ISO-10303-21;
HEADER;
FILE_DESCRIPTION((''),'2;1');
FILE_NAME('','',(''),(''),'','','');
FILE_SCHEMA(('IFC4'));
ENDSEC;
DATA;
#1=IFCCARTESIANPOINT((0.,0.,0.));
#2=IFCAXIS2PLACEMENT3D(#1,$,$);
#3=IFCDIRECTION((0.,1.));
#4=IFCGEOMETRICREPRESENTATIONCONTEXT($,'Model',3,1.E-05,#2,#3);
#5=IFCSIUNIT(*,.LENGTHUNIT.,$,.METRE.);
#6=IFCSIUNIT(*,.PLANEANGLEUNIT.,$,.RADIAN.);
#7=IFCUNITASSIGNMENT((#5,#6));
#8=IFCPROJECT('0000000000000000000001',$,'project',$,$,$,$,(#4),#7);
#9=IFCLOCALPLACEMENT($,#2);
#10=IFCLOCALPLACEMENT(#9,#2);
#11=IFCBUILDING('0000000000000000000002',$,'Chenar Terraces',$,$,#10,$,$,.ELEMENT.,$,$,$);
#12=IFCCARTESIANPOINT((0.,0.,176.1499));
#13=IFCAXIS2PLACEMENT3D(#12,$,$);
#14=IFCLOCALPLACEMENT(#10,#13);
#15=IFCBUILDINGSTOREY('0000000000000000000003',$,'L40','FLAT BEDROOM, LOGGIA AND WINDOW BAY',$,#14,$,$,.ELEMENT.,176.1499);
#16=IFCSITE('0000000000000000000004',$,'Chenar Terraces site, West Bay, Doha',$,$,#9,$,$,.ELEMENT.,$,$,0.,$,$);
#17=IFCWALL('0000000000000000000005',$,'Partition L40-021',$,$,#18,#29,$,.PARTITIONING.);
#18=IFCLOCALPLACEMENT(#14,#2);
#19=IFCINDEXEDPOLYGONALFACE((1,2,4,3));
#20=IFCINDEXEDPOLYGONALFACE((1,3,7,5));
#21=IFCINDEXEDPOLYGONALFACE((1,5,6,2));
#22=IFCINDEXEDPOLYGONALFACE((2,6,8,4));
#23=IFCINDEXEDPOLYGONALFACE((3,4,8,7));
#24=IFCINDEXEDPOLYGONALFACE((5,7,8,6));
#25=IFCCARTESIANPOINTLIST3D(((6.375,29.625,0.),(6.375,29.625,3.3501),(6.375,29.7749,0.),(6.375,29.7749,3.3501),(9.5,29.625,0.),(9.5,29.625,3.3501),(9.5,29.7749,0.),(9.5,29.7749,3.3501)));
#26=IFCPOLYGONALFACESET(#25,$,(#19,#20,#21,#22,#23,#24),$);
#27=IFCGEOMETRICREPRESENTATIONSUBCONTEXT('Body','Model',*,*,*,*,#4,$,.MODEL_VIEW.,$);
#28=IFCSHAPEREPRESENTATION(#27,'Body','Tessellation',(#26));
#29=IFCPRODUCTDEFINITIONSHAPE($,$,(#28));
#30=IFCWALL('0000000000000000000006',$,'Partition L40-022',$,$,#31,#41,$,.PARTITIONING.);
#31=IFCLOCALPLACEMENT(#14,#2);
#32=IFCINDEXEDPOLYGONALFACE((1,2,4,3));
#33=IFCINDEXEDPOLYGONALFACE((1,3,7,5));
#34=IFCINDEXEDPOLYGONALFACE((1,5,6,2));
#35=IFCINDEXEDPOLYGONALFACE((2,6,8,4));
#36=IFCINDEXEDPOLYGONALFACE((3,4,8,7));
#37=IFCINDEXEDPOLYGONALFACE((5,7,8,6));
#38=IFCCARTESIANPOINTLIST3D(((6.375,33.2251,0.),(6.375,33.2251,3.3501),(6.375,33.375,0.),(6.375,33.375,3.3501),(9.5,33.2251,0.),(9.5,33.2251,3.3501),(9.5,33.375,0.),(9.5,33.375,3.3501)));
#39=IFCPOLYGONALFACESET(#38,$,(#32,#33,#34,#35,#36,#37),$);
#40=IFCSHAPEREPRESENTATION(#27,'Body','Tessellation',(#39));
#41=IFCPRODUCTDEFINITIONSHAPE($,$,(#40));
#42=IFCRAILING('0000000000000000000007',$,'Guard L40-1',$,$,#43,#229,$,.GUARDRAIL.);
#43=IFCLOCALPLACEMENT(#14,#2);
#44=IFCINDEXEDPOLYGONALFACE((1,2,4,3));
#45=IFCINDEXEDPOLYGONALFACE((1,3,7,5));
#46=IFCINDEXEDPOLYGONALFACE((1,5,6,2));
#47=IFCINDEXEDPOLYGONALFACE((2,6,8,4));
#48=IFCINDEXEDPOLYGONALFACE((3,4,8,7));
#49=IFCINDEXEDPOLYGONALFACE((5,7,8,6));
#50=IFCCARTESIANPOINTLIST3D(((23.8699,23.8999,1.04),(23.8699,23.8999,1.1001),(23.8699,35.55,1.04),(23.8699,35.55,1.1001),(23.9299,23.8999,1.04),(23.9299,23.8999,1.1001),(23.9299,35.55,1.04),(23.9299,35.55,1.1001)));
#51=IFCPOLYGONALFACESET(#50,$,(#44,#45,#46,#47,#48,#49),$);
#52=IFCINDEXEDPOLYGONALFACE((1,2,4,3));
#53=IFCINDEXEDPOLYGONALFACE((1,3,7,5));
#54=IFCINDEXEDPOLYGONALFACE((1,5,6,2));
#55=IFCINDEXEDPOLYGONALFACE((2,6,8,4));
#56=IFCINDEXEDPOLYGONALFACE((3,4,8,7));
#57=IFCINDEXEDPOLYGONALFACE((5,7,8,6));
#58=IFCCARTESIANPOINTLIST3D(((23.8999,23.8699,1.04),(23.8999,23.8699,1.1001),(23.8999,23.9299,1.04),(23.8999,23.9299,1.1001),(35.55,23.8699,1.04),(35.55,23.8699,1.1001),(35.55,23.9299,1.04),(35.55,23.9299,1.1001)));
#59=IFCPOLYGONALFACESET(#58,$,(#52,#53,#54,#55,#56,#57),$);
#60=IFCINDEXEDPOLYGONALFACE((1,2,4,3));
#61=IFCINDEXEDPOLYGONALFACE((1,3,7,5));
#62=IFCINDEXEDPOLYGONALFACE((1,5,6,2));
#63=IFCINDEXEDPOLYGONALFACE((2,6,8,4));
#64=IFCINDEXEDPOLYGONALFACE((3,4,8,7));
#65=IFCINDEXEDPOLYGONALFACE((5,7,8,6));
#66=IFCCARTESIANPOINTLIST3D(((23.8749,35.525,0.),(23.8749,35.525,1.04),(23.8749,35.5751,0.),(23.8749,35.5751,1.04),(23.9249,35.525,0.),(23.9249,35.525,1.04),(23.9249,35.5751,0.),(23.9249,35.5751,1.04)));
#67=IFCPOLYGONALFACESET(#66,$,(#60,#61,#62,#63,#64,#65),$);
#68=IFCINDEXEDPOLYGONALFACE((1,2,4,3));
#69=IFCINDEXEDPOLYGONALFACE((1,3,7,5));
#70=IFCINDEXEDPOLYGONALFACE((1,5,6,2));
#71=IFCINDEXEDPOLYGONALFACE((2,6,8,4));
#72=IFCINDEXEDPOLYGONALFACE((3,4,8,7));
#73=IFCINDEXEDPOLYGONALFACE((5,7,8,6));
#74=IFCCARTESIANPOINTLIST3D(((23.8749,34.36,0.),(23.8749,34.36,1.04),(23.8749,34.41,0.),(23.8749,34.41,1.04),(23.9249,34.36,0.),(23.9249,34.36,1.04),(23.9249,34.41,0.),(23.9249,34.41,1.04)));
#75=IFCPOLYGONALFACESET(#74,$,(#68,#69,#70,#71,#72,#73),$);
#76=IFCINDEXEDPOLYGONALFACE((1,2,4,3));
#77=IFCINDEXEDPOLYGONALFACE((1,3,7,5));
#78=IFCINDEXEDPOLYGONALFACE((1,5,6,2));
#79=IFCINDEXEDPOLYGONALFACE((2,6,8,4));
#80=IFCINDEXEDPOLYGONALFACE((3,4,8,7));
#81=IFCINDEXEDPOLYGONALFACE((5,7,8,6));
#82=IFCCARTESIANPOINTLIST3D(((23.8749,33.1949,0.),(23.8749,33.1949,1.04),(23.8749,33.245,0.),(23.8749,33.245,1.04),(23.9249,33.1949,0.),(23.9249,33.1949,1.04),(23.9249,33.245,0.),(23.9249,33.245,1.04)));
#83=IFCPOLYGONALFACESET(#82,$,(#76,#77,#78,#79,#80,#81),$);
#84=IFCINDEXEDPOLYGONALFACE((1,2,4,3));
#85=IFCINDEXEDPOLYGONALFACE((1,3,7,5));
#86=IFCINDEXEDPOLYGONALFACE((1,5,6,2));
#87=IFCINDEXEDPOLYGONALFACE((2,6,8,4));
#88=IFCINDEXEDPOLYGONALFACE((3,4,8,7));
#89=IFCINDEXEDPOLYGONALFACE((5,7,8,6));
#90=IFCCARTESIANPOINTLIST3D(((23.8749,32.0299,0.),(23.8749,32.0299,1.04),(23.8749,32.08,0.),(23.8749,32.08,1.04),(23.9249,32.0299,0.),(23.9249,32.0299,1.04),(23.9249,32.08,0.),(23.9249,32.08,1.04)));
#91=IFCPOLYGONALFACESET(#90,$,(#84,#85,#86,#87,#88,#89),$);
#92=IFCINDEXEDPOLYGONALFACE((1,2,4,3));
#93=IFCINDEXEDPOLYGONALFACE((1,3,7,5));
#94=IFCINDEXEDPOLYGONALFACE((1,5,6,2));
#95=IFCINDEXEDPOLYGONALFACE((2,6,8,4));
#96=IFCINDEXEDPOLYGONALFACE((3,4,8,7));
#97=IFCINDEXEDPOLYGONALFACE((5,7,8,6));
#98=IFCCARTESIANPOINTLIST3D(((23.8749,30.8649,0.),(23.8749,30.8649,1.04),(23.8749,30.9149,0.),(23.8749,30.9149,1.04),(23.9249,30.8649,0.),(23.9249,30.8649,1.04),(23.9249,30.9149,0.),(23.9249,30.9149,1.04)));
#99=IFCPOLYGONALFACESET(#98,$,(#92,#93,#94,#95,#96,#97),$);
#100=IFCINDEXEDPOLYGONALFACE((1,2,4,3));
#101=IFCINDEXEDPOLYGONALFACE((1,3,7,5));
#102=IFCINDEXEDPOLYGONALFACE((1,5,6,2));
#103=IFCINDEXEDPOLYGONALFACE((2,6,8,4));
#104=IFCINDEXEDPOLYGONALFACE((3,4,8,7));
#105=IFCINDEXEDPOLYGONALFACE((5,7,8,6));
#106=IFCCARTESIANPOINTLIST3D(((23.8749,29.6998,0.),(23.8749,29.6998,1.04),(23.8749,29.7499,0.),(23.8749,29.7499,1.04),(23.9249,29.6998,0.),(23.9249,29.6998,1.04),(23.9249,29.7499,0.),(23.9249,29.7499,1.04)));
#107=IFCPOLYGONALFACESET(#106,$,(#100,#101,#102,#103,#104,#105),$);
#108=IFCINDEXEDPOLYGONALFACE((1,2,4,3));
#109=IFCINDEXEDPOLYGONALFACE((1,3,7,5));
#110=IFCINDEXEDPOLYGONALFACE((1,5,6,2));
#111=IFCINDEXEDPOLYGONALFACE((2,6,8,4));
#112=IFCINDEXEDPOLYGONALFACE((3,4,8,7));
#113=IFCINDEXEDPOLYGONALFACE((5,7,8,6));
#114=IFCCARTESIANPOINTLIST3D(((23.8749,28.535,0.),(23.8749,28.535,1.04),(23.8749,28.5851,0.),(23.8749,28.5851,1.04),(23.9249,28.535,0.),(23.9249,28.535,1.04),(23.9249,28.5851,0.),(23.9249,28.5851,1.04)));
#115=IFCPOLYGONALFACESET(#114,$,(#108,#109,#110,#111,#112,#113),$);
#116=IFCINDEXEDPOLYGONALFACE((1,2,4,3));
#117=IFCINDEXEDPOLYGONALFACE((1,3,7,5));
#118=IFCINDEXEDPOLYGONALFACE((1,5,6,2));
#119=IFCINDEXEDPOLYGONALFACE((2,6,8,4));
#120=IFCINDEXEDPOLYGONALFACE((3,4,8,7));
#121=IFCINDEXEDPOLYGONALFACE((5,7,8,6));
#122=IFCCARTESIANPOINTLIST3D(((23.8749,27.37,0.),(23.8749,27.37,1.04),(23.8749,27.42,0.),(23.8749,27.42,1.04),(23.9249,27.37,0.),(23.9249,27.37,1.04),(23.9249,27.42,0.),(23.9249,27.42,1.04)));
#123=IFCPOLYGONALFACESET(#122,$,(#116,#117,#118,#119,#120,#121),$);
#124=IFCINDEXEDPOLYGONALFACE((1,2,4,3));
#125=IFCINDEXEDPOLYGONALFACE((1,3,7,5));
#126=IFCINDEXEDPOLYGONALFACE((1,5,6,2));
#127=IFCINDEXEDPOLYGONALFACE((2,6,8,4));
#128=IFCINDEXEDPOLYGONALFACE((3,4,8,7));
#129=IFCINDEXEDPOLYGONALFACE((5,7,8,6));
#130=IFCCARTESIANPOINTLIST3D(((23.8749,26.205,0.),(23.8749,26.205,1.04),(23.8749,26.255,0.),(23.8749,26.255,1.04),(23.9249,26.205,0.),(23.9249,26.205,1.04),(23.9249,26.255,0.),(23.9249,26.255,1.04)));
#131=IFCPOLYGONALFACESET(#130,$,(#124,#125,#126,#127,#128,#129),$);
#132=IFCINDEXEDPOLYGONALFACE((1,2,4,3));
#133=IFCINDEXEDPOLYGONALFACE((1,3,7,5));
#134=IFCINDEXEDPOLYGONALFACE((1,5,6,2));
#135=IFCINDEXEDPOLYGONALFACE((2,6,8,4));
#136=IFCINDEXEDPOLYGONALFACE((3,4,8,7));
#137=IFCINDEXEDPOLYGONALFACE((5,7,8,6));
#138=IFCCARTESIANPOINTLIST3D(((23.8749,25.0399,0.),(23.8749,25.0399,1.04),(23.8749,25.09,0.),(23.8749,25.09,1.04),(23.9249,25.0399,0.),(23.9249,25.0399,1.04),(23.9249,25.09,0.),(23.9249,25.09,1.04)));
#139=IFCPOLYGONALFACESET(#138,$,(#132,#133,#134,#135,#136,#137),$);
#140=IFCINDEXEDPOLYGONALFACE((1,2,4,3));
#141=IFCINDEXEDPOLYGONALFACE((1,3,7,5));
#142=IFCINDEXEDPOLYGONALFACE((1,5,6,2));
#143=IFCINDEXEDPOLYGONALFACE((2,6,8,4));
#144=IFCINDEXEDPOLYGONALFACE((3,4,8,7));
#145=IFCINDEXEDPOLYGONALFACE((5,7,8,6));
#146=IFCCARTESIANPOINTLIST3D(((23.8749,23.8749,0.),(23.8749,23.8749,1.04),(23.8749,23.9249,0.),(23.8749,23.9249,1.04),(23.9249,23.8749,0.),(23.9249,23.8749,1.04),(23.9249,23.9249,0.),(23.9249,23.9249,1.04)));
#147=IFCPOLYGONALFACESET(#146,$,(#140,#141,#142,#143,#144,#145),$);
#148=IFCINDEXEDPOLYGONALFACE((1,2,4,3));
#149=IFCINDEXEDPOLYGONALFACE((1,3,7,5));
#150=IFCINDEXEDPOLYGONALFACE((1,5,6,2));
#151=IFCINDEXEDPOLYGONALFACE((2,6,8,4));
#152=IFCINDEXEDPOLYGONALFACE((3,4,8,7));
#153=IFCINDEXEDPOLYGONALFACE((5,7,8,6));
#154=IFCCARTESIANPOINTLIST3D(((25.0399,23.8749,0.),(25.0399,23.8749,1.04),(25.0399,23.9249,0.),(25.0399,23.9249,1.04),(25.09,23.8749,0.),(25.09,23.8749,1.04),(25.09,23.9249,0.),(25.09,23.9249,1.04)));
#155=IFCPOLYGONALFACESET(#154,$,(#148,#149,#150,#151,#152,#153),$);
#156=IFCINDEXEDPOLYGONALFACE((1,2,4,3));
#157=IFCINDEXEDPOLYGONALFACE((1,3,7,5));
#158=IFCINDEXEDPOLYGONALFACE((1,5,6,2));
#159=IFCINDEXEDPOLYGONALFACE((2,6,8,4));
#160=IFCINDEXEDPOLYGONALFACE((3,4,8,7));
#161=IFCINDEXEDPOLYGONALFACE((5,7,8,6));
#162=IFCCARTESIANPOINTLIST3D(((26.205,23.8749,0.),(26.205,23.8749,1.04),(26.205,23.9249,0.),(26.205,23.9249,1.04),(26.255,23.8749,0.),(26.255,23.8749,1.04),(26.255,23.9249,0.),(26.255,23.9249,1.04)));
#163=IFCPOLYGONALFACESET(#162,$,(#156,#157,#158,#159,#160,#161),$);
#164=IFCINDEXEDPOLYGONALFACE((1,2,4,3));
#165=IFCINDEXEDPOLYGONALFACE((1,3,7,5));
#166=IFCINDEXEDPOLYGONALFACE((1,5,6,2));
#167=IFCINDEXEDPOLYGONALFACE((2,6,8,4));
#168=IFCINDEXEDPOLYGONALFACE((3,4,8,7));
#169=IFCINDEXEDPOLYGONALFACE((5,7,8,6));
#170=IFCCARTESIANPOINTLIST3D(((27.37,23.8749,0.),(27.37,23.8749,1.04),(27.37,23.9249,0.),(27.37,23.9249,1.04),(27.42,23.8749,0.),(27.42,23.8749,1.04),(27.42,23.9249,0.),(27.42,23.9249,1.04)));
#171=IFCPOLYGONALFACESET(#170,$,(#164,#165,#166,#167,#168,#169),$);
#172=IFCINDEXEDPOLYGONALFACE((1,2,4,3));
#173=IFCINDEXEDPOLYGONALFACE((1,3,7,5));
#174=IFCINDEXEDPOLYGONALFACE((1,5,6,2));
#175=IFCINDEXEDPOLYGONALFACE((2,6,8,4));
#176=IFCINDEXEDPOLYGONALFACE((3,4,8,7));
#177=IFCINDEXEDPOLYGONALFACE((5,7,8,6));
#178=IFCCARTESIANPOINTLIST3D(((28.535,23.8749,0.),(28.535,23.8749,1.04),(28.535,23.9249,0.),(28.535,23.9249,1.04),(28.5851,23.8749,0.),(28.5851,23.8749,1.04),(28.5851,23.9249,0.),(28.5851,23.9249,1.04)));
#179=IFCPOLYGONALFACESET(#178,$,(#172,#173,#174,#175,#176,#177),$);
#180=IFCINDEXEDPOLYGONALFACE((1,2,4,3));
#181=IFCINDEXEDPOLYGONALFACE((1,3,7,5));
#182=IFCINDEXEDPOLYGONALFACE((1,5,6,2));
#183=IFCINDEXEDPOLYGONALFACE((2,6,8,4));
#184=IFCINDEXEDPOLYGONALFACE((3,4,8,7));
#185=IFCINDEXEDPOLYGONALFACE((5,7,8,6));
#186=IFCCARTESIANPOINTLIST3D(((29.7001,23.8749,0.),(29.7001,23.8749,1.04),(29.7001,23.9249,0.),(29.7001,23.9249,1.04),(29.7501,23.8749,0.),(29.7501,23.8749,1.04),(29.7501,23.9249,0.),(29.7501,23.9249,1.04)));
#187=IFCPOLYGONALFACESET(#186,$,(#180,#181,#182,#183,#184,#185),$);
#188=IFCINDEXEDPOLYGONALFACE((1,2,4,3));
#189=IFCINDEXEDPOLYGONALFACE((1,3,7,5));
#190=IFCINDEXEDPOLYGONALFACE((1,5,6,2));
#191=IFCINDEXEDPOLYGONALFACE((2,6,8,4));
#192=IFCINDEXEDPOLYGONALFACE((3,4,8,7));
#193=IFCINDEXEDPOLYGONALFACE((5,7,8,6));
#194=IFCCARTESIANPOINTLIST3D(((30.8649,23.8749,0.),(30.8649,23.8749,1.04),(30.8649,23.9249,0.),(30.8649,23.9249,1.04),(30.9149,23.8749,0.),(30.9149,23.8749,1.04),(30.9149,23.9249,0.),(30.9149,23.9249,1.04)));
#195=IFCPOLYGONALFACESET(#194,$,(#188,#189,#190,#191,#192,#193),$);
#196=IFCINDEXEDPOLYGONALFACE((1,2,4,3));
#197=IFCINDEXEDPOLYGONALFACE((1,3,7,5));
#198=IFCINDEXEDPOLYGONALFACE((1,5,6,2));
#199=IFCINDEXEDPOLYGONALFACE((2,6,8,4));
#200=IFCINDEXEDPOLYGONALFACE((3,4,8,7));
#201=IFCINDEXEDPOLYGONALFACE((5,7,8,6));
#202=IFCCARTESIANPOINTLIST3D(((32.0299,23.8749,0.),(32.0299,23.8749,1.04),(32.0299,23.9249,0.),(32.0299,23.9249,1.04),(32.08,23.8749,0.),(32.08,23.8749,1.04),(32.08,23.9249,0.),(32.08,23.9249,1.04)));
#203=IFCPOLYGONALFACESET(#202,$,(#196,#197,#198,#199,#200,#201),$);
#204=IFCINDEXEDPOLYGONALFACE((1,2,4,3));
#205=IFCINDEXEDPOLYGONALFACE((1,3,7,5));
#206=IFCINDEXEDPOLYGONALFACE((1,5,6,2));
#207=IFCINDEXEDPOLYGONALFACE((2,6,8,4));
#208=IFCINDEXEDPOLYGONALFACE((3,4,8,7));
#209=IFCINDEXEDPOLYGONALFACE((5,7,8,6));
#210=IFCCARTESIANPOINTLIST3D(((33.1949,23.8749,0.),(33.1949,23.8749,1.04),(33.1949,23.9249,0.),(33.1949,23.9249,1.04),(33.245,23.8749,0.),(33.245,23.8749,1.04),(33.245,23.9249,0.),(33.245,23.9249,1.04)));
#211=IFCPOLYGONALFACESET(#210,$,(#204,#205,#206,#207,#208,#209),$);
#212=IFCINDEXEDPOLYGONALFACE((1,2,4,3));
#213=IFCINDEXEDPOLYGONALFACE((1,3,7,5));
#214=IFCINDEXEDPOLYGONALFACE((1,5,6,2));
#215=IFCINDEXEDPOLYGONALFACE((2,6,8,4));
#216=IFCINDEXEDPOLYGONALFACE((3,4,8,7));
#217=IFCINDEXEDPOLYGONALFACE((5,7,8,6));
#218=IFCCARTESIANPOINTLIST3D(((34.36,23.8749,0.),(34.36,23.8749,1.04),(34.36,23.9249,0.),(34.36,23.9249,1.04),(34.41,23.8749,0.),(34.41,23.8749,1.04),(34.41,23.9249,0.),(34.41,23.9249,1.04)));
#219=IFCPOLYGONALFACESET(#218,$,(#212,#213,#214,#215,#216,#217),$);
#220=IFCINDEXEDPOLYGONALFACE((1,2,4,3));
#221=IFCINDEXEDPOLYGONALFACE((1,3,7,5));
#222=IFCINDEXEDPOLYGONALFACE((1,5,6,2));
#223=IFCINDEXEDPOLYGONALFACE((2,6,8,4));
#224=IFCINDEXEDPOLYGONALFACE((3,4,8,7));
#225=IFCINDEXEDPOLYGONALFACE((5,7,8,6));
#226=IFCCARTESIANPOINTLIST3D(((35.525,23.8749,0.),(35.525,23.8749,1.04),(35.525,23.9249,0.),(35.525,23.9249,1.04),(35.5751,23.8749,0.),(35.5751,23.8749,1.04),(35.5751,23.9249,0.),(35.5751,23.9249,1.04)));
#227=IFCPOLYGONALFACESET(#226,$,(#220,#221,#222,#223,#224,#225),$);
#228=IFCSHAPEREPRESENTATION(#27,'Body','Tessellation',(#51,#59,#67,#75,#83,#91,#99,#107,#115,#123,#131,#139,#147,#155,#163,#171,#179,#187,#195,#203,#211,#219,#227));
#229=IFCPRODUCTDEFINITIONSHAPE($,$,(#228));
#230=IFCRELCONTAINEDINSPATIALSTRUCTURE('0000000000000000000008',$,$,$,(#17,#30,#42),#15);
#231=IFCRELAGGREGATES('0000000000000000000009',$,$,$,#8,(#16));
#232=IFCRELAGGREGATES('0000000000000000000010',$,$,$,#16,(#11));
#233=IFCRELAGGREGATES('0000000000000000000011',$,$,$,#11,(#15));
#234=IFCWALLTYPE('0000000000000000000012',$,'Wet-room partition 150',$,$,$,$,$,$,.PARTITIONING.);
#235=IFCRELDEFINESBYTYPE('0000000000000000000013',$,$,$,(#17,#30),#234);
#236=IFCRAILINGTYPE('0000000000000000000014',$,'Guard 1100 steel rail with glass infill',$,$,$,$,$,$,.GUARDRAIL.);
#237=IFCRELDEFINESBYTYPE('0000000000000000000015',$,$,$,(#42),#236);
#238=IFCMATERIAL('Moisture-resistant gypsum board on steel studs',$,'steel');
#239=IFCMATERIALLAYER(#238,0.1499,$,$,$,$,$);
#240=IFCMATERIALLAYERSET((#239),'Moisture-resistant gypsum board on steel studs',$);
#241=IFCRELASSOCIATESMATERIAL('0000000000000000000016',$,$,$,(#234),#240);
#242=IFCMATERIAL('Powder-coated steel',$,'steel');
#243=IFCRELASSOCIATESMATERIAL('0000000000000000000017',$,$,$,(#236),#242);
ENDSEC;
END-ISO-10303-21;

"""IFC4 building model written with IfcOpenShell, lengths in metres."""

from ifc_helpers import new_model, si_unit, direction, frame, frame_2d, origin, origin_2d, place, context, subcontext, project, spatial, rectangle, extrude, material, layer, layer_set, type_object, element, save


model = new_model("IFC4")

# Units and contexts
model_context = context("Model", 3, precision=1e-05, world=origin(), true_north=direction((0.0, 1.0)))
body_context = subcontext(model_context, "Body", "Model", "MODEL_VIEW")
ifc_project = project(units=[si_unit("LENGTHUNIT", "METRE"), si_unit("PLANEANGLEUNIT", "RADIAN")], contexts=[model_context])

# Site, building, storey
site_placement = place(None, origin())
site = spatial("IfcSite", under=ifc_project, at=site_placement, Name="Chenar Terraces site, West Bay, Doha", CompositionType="ELEMENT", RefElevation=0.0)
building_placement = place(site_placement, origin())
building = spatial("IfcBuilding", under=site, at=building_placement, Name="Chenar Terraces", CompositionType="ELEMENT")
storey_placement = place(building_placement, frame((0.0, 0.0, 176.1499)))
storey = spatial("IfcBuildingStorey", under=building, at=storey_placement, Name="L40", Description="FLAT BEDROOM, LOGGIA AND WINDOW BAY", CompositionType="ELEMENT", Elevation=176.1499)

# Walls
ifc_material_1 = material(Name="Moisture-resistant gypsum board on steel studs", Category="steel")
ifc_layer_1 = layer(ifc_material_1, 0.1499)
ifc_layer_set_1 = layer_set([ifc_layer_1], Name="Moisture-resistant gypsum board on steel studs")
wall_type_1 = type_object("IfcWallType", Name="Wet-room partition 150", PredefinedType="PARTITIONING", material=ifc_layer_set_1)
for number, where, z_axis, x_axis, name in (
    (1, (6.375, 29.7, 0.0), (0.0, 0.0, 1.0), (1.0, 0.0, 0.0), "Partition L40-021"),
    (2, (6.375, 33.3, 0.0), (0.0, 0.0, 1.0), (1.0, 0.0, 0.0), "Partition L40-022"),
):
    element("IfcWall", number, at=place(storey_placement, frame(where, z_axis=z_axis, x_axis=x_axis)), inside=storey, type_object=wall_type_1, Name=name, PredefinedType="PARTITIONING", context=body_context, shape_type="SweptSolid", body=[
        extrude(rectangle(XDim=3.125, YDim=0.1499, at=frame_2d((1.5625, 0.0))), origin(), (0.0, 0.0, 1.0), 3.3501),
    ])

# Railing
ifc_material_2 = material(Name="Powder-coated steel", Category="steel")
railing_type = type_object("IfcRailingType", Name="Guard 1100 steel rail with glass infill", PredefinedType="GUARDRAIL", material=ifc_material_2)
railing_placement = place(storey_placement, frame((23.8999, 35.55, 0.0)))
element("IfcRailing", 3, at=railing_placement, inside=storey, type_object=railing_type, Name="Guard L40-1", PredefinedType="GUARDRAIL", context=body_context, shape_type="SweptSolid", body=[
    extrude(rectangle(XDim=0.0601, YDim=0.0601, at=origin_2d()), frame((0.0, 0.0, 1.0701), z_axis=(0.0, -1.0, 0.0), x_axis=(1.0, 0.0, 0.0)), (0.0, 0.0, 1.0), 11.6501),
    extrude(rectangle(XDim=0.0601, YDim=0.0601, at=origin_2d()), frame((0.0, -11.6501, 1.0701), z_axis=(1.0, 0.0, 0.0), x_axis=(0.0, 1.0, 0.0)), (0.0, 0.0, 1.0), 11.6501),
    extrude(rectangle(XDim=0.05, YDim=0.05, at=origin_2d()), origin(), (0.0, 0.0, 1.0), 1.04),
    extrude(rectangle(XDim=0.05, YDim=0.05, at=origin_2d()), frame((0.0, -1.165, 0.0)), (0.0, 0.0, 1.0), 1.04),
    extrude(rectangle(XDim=0.05, YDim=0.05, at=origin_2d()), frame((0.0, -2.3301, 0.0)), (0.0, 0.0, 1.0), 1.04),
    extrude(rectangle(XDim=0.05, YDim=0.05, at=origin_2d()), frame((0.0, -3.4951, 0.0)), (0.0, 0.0, 1.0), 1.04),
    extrude(rectangle(XDim=0.05, YDim=0.05, at=origin_2d()), frame((0.0, -4.6602, 0.0)), (0.0, 0.0, 1.0), 1.04),
    extrude(rectangle(XDim=0.05, YDim=0.05, at=origin_2d()), frame((0.0, -5.8252, 0.0)), (0.0, 0.0, 1.0), 1.04),
    extrude(rectangle(XDim=0.05, YDim=0.05, at=origin_2d()), frame((0.0, -6.99, 0.0)), (0.0, 0.0, 1.0), 1.04),
    extrude(rectangle(XDim=0.05, YDim=0.05, at=origin_2d()), frame((0.0, -8.155, 0.0)), (0.0, 0.0, 1.0), 1.04),
    extrude(rectangle(XDim=0.05, YDim=0.05, at=origin_2d()), frame((0.0, -9.3201, 0.0)), (0.0, 0.0, 1.0), 1.04),
    extrude(rectangle(XDim=0.05, YDim=0.05, at=origin_2d()), frame((0.0, -10.4851, 0.0)), (0.0, 0.0, 1.0), 1.04),
    extrude(rectangle(XDim=0.05, YDim=0.05, at=origin_2d()), frame((0.0, -11.6501, 0.0)), (0.0, 0.0, 1.0), 1.04),
    extrude(rectangle(XDim=0.05, YDim=0.05, at=origin_2d()), frame((1.165, -11.6501, 0.0)), (0.0, 0.0, 1.0), 1.04),
    extrude(rectangle(XDim=0.05, YDim=0.05, at=origin_2d()), frame((2.3301, -11.6501, 0.0)), (0.0, 0.0, 1.0), 1.04),
    extrude(rectangle(XDim=0.05, YDim=0.05, at=origin_2d()), frame((3.4951, -11.6501, 0.0)), (0.0, 0.0, 1.0), 1.04),
    extrude(rectangle(XDim=0.05, YDim=0.05, at=origin_2d()), frame((4.6602, -11.6501, 0.0)), (0.0, 0.0, 1.0), 1.04),
    extrude(rectangle(XDim=0.05, YDim=0.05, at=origin_2d()), frame((5.8252, -11.6501, 0.0)), (0.0, 0.0, 1.0), 1.04),
    extrude(rectangle(XDim=0.05, YDim=0.05, at=origin_2d()), frame((6.99, -11.6501, 0.0)), (0.0, 0.0, 1.0), 1.04),
    extrude(rectangle(XDim=0.05, YDim=0.05, at=origin_2d()), frame((8.155, -11.6501, 0.0)), (0.0, 0.0, 1.0), 1.04),
    extrude(rectangle(XDim=0.05, YDim=0.05, at=origin_2d()), frame((9.3201, -11.6501, 0.0)), (0.0, 0.0, 1.0), 1.04),
    extrude(rectangle(XDim=0.05, YDim=0.05, at=origin_2d()), frame((10.4851, -11.6501, 0.0)), (0.0, 0.0, 1.0), 1.04),
    extrude(rectangle(XDim=0.05, YDim=0.05, at=origin_2d()), frame((11.6501, -11.6501, 0.0)), (0.0, 0.0, 1.0), 1.04),
])

save(model, "model.ifc")
